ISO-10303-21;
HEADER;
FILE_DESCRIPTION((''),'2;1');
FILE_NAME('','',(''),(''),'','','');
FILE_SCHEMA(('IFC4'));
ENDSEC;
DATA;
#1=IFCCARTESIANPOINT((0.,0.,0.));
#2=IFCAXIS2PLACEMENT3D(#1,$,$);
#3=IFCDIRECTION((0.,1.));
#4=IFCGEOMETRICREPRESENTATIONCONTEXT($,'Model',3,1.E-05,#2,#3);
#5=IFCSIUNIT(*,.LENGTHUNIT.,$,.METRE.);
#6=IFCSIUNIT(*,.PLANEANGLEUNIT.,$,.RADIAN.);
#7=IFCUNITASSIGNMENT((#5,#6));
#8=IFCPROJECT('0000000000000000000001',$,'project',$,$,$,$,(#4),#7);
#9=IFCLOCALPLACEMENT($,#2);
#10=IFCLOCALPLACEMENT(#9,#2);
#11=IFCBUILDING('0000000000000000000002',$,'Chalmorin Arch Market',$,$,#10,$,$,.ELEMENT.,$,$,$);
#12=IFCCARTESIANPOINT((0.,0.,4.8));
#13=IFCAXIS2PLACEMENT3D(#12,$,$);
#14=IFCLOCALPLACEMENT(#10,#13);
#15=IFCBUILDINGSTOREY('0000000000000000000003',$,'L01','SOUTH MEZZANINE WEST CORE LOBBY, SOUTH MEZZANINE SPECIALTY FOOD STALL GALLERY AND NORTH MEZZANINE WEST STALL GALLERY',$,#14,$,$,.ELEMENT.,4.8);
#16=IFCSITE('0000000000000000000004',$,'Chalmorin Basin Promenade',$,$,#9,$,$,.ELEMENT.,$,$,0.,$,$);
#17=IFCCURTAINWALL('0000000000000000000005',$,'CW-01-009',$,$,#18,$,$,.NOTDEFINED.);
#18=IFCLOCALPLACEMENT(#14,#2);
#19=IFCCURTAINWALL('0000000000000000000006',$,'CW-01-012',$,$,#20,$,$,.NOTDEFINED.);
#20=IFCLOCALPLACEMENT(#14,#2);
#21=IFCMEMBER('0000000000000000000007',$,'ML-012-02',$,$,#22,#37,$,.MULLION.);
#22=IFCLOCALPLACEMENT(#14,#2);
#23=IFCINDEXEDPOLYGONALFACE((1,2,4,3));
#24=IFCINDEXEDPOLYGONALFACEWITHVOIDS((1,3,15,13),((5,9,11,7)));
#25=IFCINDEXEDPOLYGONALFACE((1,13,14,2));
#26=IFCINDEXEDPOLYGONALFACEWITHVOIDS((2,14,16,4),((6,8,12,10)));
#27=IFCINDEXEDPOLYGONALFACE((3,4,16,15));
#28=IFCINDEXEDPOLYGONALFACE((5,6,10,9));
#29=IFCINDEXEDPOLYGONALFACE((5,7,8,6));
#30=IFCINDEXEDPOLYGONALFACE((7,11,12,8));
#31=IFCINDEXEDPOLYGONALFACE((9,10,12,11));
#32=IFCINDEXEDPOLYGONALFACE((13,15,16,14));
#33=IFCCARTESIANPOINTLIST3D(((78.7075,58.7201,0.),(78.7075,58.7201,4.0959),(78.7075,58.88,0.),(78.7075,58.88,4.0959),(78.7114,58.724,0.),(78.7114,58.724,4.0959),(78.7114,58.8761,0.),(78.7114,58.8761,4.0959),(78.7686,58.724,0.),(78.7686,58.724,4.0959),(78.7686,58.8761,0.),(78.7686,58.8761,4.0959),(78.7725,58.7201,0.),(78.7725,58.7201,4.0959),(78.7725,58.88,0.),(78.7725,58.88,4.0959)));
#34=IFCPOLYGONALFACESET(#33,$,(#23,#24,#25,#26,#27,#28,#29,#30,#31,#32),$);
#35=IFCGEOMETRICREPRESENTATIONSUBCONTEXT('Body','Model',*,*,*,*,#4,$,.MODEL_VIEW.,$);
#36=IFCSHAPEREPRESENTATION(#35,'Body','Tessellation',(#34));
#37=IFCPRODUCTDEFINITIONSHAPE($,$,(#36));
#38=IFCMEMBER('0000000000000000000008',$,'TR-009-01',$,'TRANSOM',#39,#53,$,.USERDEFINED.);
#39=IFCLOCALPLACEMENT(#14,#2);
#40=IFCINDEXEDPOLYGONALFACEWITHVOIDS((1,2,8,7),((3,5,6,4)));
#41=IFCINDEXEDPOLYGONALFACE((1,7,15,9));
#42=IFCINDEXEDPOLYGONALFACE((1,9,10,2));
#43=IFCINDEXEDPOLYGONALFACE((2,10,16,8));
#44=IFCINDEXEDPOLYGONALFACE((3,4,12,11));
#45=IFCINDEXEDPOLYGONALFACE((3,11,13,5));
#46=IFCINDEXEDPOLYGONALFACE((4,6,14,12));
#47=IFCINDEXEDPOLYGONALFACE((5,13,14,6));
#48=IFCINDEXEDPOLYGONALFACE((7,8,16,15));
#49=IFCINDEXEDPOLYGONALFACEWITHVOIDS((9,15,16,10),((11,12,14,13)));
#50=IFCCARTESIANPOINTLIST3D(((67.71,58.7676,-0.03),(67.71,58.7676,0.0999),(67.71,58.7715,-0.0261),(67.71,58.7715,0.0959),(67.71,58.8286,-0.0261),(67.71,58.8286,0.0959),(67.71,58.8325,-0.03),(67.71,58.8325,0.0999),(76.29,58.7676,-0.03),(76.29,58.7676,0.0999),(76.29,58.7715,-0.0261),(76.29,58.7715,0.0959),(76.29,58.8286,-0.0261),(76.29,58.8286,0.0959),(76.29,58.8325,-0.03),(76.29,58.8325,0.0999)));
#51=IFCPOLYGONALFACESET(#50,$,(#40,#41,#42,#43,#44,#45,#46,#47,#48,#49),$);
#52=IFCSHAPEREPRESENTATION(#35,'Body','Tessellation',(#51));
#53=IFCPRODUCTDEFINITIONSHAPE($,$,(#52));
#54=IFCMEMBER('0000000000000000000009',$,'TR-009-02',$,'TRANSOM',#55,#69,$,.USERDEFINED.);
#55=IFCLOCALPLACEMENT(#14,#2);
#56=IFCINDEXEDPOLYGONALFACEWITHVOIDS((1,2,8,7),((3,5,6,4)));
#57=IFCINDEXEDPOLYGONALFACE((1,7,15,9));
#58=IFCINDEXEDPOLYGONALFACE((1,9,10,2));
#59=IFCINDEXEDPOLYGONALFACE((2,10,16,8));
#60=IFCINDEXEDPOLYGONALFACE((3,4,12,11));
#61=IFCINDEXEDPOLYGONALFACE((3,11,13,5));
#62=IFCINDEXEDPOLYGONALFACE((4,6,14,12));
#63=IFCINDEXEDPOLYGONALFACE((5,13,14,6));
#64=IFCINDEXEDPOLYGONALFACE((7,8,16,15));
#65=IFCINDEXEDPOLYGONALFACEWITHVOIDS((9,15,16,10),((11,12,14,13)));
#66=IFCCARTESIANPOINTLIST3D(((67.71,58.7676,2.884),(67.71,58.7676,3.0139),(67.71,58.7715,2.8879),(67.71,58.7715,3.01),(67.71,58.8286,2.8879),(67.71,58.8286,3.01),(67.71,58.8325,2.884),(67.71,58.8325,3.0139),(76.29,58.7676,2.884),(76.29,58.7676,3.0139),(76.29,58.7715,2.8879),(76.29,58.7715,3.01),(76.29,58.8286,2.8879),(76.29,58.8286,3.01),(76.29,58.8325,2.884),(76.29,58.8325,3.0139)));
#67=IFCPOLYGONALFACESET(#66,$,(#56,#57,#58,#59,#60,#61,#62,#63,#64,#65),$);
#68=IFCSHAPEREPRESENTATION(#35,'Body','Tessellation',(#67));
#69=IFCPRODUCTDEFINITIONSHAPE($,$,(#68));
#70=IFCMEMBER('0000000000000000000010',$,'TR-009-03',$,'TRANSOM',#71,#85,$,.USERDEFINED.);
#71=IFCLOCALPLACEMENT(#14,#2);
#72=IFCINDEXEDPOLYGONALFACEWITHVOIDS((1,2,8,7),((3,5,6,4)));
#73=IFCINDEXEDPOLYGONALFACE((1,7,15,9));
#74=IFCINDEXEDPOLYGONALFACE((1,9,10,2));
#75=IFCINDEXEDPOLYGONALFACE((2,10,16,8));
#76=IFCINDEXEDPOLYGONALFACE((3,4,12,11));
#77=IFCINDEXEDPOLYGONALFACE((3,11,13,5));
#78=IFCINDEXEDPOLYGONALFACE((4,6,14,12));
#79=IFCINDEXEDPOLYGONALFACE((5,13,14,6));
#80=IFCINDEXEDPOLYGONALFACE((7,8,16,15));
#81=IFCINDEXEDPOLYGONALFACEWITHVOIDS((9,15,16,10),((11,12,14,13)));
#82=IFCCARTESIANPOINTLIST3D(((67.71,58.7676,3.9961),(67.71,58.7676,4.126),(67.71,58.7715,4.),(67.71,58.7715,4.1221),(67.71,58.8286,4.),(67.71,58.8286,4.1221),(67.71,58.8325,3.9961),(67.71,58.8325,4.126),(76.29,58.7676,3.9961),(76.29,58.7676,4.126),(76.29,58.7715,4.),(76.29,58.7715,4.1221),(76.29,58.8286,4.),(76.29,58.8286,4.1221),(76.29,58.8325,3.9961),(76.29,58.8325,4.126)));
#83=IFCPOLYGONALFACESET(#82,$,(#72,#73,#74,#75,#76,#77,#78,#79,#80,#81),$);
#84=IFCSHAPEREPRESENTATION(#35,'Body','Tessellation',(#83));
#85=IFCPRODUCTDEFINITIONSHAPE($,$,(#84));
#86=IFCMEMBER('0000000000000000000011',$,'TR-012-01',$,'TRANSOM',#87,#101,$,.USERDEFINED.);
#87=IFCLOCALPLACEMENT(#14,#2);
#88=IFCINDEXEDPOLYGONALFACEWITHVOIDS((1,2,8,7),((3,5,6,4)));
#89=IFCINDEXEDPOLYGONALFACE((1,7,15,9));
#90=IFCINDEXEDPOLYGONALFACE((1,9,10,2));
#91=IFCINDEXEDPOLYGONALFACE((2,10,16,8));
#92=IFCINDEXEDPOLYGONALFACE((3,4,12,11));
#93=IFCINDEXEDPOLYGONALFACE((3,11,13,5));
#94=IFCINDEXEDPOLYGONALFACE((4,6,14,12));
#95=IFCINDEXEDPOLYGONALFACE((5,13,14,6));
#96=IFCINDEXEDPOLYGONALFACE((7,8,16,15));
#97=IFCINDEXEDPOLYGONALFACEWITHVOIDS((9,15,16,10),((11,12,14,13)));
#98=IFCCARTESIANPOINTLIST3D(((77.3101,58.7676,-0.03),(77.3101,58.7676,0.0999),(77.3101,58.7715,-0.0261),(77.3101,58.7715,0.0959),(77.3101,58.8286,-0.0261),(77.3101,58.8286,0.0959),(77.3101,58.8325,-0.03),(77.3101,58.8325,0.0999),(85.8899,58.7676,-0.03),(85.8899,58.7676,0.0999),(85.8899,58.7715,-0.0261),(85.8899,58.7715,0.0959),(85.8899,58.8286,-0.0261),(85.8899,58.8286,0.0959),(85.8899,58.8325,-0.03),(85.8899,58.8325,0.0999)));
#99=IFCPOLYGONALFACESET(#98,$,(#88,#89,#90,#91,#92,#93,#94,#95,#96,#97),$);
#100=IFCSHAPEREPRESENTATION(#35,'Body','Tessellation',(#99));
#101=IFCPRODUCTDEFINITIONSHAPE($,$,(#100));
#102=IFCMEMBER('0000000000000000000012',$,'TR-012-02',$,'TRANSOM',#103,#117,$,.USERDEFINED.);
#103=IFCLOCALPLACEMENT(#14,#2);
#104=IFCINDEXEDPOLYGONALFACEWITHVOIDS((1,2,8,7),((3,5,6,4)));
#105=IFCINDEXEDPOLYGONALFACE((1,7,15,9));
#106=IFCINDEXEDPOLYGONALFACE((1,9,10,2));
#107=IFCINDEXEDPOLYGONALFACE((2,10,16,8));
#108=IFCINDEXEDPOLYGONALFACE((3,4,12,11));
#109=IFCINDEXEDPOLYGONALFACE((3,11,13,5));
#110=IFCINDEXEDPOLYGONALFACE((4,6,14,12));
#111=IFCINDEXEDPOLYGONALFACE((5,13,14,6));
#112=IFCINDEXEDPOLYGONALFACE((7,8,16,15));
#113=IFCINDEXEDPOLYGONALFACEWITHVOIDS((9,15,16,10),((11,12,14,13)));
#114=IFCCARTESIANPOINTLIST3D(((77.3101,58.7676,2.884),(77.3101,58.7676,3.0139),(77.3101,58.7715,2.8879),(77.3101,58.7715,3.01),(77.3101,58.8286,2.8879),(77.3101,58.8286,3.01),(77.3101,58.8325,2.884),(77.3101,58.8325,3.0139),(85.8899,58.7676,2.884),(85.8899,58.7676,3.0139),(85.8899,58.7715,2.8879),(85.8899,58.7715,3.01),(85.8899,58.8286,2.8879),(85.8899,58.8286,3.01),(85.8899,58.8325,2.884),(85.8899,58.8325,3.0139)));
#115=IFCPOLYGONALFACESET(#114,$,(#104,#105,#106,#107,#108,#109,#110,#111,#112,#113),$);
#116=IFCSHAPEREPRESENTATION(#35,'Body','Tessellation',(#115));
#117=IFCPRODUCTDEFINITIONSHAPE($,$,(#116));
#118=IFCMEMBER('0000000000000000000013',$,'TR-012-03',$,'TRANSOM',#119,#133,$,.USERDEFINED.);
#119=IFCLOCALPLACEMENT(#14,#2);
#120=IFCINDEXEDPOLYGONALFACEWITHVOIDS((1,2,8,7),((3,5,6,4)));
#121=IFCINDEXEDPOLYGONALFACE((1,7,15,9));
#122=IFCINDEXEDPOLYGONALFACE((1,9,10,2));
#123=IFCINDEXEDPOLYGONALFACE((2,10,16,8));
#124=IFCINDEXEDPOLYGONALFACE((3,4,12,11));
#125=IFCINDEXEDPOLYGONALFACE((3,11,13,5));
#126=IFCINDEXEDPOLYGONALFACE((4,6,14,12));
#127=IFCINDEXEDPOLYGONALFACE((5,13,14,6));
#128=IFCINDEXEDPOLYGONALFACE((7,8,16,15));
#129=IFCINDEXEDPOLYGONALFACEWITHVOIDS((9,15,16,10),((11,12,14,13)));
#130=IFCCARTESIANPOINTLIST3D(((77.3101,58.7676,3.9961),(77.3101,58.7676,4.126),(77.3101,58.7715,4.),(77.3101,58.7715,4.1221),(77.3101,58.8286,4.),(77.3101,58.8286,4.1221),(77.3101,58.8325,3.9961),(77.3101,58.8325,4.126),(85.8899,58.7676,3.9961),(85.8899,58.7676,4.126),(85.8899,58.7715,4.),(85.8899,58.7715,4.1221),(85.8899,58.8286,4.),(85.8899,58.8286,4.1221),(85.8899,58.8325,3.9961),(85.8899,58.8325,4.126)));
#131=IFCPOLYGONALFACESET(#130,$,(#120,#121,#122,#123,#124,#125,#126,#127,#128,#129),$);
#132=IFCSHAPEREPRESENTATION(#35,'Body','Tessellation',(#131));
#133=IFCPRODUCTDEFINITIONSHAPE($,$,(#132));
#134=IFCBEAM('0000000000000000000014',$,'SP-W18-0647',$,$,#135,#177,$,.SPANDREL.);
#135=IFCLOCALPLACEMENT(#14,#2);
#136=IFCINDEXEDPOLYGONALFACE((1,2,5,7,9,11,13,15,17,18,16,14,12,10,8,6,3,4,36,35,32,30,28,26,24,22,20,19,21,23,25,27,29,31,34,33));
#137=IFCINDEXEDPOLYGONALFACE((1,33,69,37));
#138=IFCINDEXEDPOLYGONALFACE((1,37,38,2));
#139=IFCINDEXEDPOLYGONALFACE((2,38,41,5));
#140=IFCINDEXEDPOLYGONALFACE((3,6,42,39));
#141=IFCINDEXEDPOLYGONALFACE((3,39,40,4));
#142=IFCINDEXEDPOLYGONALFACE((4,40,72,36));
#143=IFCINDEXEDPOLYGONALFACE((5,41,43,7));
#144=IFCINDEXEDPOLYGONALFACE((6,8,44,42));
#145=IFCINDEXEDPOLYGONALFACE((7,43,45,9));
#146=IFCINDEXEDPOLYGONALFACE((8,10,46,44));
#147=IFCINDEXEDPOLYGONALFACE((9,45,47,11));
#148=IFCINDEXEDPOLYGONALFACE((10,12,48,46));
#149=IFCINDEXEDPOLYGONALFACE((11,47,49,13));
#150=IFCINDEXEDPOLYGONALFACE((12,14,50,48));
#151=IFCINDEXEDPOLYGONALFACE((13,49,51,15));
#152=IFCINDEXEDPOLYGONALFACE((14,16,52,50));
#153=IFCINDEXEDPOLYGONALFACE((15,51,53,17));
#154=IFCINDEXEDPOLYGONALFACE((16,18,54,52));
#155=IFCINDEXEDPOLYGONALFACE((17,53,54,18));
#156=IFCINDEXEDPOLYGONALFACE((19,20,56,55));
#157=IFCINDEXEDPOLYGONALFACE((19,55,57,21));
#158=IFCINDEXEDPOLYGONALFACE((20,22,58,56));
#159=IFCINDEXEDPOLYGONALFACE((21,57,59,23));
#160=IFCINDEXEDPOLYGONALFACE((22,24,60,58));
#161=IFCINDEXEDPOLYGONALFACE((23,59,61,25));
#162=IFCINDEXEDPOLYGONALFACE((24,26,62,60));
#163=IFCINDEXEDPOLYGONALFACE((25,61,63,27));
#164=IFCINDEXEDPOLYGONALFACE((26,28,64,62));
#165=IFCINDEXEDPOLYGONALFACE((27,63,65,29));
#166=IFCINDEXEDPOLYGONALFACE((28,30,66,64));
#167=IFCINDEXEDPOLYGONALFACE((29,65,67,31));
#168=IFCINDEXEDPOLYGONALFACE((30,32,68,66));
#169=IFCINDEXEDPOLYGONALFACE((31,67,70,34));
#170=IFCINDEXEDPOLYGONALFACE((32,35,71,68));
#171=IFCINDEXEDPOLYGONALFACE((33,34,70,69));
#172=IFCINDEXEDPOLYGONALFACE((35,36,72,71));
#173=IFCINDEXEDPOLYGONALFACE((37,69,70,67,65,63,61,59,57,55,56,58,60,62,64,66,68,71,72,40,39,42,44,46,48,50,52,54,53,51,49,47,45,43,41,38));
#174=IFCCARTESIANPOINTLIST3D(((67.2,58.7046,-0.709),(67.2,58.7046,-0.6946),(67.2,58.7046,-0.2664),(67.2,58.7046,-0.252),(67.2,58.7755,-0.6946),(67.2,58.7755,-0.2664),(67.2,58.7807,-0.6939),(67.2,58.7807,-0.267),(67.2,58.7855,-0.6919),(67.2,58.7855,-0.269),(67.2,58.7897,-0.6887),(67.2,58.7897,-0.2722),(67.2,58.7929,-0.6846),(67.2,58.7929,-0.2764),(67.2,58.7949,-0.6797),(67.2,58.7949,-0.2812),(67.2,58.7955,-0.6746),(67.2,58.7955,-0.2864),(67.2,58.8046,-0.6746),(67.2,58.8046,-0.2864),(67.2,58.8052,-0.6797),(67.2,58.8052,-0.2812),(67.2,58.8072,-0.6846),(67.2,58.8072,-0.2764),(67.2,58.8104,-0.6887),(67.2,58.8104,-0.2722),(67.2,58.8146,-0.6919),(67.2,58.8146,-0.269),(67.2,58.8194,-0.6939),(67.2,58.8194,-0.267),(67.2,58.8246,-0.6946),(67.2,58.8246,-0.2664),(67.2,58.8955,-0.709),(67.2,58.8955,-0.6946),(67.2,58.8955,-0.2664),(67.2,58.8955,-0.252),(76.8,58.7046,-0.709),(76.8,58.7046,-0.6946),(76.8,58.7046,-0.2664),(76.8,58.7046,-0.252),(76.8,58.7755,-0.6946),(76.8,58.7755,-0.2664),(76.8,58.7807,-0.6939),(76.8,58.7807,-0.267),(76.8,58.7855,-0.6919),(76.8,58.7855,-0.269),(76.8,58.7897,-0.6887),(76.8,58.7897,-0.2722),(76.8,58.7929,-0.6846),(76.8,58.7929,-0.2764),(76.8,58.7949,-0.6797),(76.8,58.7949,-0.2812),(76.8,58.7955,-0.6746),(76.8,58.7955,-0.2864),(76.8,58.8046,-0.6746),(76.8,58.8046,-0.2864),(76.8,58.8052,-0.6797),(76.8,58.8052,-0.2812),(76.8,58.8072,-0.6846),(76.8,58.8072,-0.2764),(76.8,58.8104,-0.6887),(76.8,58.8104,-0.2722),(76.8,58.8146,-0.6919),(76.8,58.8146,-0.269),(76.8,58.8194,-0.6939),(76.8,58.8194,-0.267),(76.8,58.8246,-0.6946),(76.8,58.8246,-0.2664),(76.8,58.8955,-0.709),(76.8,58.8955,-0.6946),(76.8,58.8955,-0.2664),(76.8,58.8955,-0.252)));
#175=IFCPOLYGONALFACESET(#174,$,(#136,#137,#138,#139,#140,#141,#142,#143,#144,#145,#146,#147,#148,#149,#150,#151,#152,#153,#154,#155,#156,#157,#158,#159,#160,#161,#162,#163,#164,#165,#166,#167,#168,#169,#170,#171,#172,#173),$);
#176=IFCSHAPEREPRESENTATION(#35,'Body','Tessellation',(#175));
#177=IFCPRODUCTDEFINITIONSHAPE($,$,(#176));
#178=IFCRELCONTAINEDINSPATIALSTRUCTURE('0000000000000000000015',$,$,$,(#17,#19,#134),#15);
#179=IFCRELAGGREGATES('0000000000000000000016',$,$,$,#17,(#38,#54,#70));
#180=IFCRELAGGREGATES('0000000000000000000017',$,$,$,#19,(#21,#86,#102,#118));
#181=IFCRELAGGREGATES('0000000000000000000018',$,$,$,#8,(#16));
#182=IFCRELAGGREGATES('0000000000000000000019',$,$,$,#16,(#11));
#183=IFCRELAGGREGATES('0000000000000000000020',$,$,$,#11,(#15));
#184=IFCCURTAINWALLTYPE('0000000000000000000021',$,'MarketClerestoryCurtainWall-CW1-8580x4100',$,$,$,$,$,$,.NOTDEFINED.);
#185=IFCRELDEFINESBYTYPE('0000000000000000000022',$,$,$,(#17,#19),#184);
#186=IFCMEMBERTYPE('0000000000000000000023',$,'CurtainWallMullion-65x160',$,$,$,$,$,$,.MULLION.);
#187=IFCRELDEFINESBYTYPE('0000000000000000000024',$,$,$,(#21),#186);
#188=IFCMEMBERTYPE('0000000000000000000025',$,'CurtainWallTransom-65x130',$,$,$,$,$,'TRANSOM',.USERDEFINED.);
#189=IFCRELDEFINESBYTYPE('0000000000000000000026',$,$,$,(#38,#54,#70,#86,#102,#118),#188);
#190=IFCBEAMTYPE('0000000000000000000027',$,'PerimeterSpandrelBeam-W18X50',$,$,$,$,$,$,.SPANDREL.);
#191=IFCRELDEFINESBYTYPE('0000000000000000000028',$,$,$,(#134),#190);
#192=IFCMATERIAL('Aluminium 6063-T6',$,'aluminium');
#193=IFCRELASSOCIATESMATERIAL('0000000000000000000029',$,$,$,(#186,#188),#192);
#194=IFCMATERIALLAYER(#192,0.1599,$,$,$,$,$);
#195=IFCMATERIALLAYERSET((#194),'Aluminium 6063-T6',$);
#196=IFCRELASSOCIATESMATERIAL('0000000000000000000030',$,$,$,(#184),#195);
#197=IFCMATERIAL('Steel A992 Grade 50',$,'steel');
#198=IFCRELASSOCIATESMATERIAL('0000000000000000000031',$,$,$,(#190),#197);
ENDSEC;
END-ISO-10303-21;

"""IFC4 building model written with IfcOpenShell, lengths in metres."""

from ifc_helpers import new_model, si_unit, direction, frame, origin, origin_2d, place, context, subcontext, project, spatial, hollow_rectangle, i_section, extrude, material, layer, layer_set, material_profile, profile_set, type_object, element, aggregate, save


model = new_model("IFC4")

# Units and contexts
model_context = context("Model", 3, precision=1e-05, world=origin(), true_north=direction((0.0, 1.0)))
body_context = subcontext(model_context, "Body", "Model", "MODEL_VIEW")
ifc_project = project(units=[si_unit("LENGTHUNIT", "METRE"), si_unit("PLANEANGLEUNIT", "RADIAN")], contexts=[model_context])

# Site, building, storey
site_placement = place(None, origin())
site = spatial("IfcSite", under=ifc_project, at=site_placement, Name="Chalmorin Basin Promenade", CompositionType="ELEMENT", RefElevation=0.0)
building_placement = place(site_placement, origin())
building = spatial("IfcBuilding", under=site, at=building_placement, Name="Chalmorin Arch Market", CompositionType="ELEMENT")
storey_placement = place(building_placement, frame((0.0, 0.0, 4.8)))
storey = spatial("IfcBuildingStorey", under=building, at=storey_placement, Name="L01", Description="SOUTH MEZZANINE WEST CORE LOBBY, SOUTH MEZZANINE SPECIALTY FOOD STALL GALLERY AND NORTH MEZZANINE WEST STALL GALLERY", CompositionType="ELEMENT", Elevation=4.8)

# Curtain walls, member
ifc_material_1 = material(Name="Aluminium 6063-T6", Category="aluminium")
ifc_material_profile_1 = material_profile(ifc_material_1, hollow_rectangle(XDim=0.0649, YDim=0.1599, WallThickness=0.0039, at=origin_2d()), Name="ALU65X160X4")
ifc_profile_set_1 = profile_set([ifc_material_profile_1], Name="Aluminium 6063-T6")
member_type_1 = type_object("IfcMemberType", Name="CurtainWallMullion-65x160", PredefinedType="MULLION", material=ifc_profile_set_1)
ifc_layer_1 = layer(ifc_material_1, 0.1599)
ifc_layer_set_1 = layer_set([ifc_layer_1], Name="Aluminium 6063-T6")
curtain_wall_type_1 = type_object("IfcCurtainWallType", Name="MarketClerestoryCurtainWall-CW1-8580x4100", PredefinedType="NOTDEFINED", material=ifc_layer_set_1)
curtain_wall_1_placement = place(storey_placement, origin())
curtain_wall_1 = element("IfcCurtainWall", 1, at=curtain_wall_1_placement, inside=storey, type_object=curtain_wall_type_1, Name="CW-01-009", PredefinedType="NOTDEFINED")
curtain_wall_2_placement = place(storey_placement, origin())
curtain_wall_2 = element("IfcCurtainWall", 2, at=curtain_wall_2_placement, inside=storey, type_object=curtain_wall_type_1, Name="CW-01-012", PredefinedType="NOTDEFINED")
member_1_placement = place(storey_placement, frame((78.74, 58.8, 0.0), z_axis=(0.0, 0.0, 1.0), x_axis=(1.0, 0.0, 0.0)))
member_1 = element("IfcMember", 3, at=member_1_placement, type_object=member_type_1, Name="ML-012-02", PredefinedType="MULLION", context=body_context, shape_type="SweptSolid", body=[
    extrude(hollow_rectangle(XDim=0.0649, YDim=0.1599, WallThickness=0.0039, at=origin_2d()), origin(), (0.0, 0.0, 1.0), 4.0959),
])

# Members
ifc_material_profile_2 = material_profile(ifc_material_1, hollow_rectangle(XDim=0.0649, YDim=0.1299, WallThickness=0.0039, at=origin_2d()), Name="ALU65X130X4")
ifc_profile_set_2 = profile_set([ifc_material_profile_2], Name="Aluminium 6063-T6")
member_type_2 = type_object("IfcMemberType", Name="CurtainWallTransom-65x130", ElementType="TRANSOM", PredefinedType="USERDEFINED", material=ifc_profile_set_2)
member_2_placement = place(storey_placement, frame((67.71, 58.8, 0.0349), z_axis=(1.0, 0.0, 0.0), x_axis=(0.0, 1.0, 0.0)))
member_2 = element("IfcMember", 4, at=member_2_placement, type_object=member_type_2, Name="TR-009-01", ObjectType="TRANSOM", PredefinedType="USERDEFINED", context=body_context, shape_type="SweptSolid", body=[
    extrude(hollow_rectangle(XDim=0.0649, YDim=0.1299, WallThickness=0.0039, at=origin_2d()), origin(), (0.0, 0.0, 1.0), 8.5801),
])
member_3_placement = place(storey_placement, frame((67.71, 58.8, 2.949), z_axis=(1.0, 0.0, 0.0), x_axis=(0.0, 1.0, 0.0)))
member_3 = element("IfcMember", 5, at=member_3_placement, type_object=member_type_2, Name="TR-009-02", ObjectType="TRANSOM", PredefinedType="USERDEFINED", context=body_context, shape_type="SweptSolid", body=[
    extrude(hollow_rectangle(XDim=0.0649, YDim=0.1299, WallThickness=0.0039, at=origin_2d()), origin(), (0.0, 0.0, 1.0), 8.5801),
])
member_4_placement = place(storey_placement, frame((67.71, 58.8, 4.061), z_axis=(1.0, 0.0, 0.0), x_axis=(0.0, 1.0, 0.0)))
member_4 = element("IfcMember", 6, at=member_4_placement, type_object=member_type_2, Name="TR-009-03", ObjectType="TRANSOM", PredefinedType="USERDEFINED", context=body_context, shape_type="SweptSolid", body=[
    extrude(hollow_rectangle(XDim=0.0649, YDim=0.1299, WallThickness=0.0039, at=origin_2d()), origin(), (0.0, 0.0, 1.0), 8.5801),
])
member_5_placement = place(storey_placement, frame((77.3101, 58.8, 0.0349), z_axis=(1.0, 0.0, 0.0), x_axis=(0.0, 1.0, 0.0)))
member_5 = element("IfcMember", 7, at=member_5_placement, type_object=member_type_2, Name="TR-012-01", ObjectType="TRANSOM", PredefinedType="USERDEFINED", context=body_context, shape_type="SweptSolid", body=[
    extrude(hollow_rectangle(XDim=0.0649, YDim=0.1299, WallThickness=0.0039, at=origin_2d()), origin(), (0.0, 0.0, 1.0), 8.5798),
])
member_6_placement = place(storey_placement, frame((77.3101, 58.8, 2.949), z_axis=(1.0, 0.0, 0.0), x_axis=(0.0, 1.0, 0.0)))
member_6 = element("IfcMember", 8, at=member_6_placement, type_object=member_type_2, Name="TR-012-02", ObjectType="TRANSOM", PredefinedType="USERDEFINED", context=body_context, shape_type="SweptSolid", body=[
    extrude(hollow_rectangle(XDim=0.0649, YDim=0.1299, WallThickness=0.0039, at=origin_2d()), origin(), (0.0, 0.0, 1.0), 8.5798),
])
member_7_placement = place(storey_placement, frame((77.3101, 58.8, 4.061), z_axis=(1.0, 0.0, 0.0), x_axis=(0.0, 1.0, 0.0)))
member_7 = element("IfcMember", 9, at=member_7_placement, type_object=member_type_2, Name="TR-012-03", ObjectType="TRANSOM", PredefinedType="USERDEFINED", context=body_context, shape_type="SweptSolid", body=[
    extrude(hollow_rectangle(XDim=0.0649, YDim=0.1299, WallThickness=0.0039, at=origin_2d()), origin(), (0.0, 0.0, 1.0), 8.5798),
])

# Beam
ifc_material_2 = material(Name="Steel A992 Grade 50", Category="steel")
ifc_material_profile_3 = material_profile(ifc_material_2, i_section(OverallWidth=0.1909, OverallDepth=0.457, WebThickness=0.009, FlangeThickness=0.0144, FilletRadius=0.02, at=origin_2d()), Name="W18X50")
ifc_profile_set_3 = profile_set([ifc_material_profile_3], Name="Steel A992 Grade 50")
beam_type = type_object("IfcBeamType", Name="PerimeterSpandrelBeam-W18X50", PredefinedType="SPANDREL", material=ifc_profile_set_3)
beam_1_placement = place(storey_placement, frame((67.2, 58.8, -0.4805), z_axis=(1.0, 0.0, 0.0), x_axis=(0.0, 1.0, 0.0)))
element("IfcBeam", 10, at=beam_1_placement, inside=storey, type_object=beam_type, Name="SP-W18-0647", PredefinedType="SPANDREL", context=body_context, shape_type="SweptSolid", body=[
    extrude(i_section(OverallWidth=0.1909, OverallDepth=0.457, WebThickness=0.009, FlangeThickness=0.0144, FilletRadius=0.02, at=origin_2d()), origin(), (0.0, 0.0, 1.0), 9.6001),
])

aggregate(curtain_wall_1, [member_2, member_3, member_4])
aggregate(curtain_wall_2, [member_1, member_5, member_6, member_7])

save(model, "model.ifc")
